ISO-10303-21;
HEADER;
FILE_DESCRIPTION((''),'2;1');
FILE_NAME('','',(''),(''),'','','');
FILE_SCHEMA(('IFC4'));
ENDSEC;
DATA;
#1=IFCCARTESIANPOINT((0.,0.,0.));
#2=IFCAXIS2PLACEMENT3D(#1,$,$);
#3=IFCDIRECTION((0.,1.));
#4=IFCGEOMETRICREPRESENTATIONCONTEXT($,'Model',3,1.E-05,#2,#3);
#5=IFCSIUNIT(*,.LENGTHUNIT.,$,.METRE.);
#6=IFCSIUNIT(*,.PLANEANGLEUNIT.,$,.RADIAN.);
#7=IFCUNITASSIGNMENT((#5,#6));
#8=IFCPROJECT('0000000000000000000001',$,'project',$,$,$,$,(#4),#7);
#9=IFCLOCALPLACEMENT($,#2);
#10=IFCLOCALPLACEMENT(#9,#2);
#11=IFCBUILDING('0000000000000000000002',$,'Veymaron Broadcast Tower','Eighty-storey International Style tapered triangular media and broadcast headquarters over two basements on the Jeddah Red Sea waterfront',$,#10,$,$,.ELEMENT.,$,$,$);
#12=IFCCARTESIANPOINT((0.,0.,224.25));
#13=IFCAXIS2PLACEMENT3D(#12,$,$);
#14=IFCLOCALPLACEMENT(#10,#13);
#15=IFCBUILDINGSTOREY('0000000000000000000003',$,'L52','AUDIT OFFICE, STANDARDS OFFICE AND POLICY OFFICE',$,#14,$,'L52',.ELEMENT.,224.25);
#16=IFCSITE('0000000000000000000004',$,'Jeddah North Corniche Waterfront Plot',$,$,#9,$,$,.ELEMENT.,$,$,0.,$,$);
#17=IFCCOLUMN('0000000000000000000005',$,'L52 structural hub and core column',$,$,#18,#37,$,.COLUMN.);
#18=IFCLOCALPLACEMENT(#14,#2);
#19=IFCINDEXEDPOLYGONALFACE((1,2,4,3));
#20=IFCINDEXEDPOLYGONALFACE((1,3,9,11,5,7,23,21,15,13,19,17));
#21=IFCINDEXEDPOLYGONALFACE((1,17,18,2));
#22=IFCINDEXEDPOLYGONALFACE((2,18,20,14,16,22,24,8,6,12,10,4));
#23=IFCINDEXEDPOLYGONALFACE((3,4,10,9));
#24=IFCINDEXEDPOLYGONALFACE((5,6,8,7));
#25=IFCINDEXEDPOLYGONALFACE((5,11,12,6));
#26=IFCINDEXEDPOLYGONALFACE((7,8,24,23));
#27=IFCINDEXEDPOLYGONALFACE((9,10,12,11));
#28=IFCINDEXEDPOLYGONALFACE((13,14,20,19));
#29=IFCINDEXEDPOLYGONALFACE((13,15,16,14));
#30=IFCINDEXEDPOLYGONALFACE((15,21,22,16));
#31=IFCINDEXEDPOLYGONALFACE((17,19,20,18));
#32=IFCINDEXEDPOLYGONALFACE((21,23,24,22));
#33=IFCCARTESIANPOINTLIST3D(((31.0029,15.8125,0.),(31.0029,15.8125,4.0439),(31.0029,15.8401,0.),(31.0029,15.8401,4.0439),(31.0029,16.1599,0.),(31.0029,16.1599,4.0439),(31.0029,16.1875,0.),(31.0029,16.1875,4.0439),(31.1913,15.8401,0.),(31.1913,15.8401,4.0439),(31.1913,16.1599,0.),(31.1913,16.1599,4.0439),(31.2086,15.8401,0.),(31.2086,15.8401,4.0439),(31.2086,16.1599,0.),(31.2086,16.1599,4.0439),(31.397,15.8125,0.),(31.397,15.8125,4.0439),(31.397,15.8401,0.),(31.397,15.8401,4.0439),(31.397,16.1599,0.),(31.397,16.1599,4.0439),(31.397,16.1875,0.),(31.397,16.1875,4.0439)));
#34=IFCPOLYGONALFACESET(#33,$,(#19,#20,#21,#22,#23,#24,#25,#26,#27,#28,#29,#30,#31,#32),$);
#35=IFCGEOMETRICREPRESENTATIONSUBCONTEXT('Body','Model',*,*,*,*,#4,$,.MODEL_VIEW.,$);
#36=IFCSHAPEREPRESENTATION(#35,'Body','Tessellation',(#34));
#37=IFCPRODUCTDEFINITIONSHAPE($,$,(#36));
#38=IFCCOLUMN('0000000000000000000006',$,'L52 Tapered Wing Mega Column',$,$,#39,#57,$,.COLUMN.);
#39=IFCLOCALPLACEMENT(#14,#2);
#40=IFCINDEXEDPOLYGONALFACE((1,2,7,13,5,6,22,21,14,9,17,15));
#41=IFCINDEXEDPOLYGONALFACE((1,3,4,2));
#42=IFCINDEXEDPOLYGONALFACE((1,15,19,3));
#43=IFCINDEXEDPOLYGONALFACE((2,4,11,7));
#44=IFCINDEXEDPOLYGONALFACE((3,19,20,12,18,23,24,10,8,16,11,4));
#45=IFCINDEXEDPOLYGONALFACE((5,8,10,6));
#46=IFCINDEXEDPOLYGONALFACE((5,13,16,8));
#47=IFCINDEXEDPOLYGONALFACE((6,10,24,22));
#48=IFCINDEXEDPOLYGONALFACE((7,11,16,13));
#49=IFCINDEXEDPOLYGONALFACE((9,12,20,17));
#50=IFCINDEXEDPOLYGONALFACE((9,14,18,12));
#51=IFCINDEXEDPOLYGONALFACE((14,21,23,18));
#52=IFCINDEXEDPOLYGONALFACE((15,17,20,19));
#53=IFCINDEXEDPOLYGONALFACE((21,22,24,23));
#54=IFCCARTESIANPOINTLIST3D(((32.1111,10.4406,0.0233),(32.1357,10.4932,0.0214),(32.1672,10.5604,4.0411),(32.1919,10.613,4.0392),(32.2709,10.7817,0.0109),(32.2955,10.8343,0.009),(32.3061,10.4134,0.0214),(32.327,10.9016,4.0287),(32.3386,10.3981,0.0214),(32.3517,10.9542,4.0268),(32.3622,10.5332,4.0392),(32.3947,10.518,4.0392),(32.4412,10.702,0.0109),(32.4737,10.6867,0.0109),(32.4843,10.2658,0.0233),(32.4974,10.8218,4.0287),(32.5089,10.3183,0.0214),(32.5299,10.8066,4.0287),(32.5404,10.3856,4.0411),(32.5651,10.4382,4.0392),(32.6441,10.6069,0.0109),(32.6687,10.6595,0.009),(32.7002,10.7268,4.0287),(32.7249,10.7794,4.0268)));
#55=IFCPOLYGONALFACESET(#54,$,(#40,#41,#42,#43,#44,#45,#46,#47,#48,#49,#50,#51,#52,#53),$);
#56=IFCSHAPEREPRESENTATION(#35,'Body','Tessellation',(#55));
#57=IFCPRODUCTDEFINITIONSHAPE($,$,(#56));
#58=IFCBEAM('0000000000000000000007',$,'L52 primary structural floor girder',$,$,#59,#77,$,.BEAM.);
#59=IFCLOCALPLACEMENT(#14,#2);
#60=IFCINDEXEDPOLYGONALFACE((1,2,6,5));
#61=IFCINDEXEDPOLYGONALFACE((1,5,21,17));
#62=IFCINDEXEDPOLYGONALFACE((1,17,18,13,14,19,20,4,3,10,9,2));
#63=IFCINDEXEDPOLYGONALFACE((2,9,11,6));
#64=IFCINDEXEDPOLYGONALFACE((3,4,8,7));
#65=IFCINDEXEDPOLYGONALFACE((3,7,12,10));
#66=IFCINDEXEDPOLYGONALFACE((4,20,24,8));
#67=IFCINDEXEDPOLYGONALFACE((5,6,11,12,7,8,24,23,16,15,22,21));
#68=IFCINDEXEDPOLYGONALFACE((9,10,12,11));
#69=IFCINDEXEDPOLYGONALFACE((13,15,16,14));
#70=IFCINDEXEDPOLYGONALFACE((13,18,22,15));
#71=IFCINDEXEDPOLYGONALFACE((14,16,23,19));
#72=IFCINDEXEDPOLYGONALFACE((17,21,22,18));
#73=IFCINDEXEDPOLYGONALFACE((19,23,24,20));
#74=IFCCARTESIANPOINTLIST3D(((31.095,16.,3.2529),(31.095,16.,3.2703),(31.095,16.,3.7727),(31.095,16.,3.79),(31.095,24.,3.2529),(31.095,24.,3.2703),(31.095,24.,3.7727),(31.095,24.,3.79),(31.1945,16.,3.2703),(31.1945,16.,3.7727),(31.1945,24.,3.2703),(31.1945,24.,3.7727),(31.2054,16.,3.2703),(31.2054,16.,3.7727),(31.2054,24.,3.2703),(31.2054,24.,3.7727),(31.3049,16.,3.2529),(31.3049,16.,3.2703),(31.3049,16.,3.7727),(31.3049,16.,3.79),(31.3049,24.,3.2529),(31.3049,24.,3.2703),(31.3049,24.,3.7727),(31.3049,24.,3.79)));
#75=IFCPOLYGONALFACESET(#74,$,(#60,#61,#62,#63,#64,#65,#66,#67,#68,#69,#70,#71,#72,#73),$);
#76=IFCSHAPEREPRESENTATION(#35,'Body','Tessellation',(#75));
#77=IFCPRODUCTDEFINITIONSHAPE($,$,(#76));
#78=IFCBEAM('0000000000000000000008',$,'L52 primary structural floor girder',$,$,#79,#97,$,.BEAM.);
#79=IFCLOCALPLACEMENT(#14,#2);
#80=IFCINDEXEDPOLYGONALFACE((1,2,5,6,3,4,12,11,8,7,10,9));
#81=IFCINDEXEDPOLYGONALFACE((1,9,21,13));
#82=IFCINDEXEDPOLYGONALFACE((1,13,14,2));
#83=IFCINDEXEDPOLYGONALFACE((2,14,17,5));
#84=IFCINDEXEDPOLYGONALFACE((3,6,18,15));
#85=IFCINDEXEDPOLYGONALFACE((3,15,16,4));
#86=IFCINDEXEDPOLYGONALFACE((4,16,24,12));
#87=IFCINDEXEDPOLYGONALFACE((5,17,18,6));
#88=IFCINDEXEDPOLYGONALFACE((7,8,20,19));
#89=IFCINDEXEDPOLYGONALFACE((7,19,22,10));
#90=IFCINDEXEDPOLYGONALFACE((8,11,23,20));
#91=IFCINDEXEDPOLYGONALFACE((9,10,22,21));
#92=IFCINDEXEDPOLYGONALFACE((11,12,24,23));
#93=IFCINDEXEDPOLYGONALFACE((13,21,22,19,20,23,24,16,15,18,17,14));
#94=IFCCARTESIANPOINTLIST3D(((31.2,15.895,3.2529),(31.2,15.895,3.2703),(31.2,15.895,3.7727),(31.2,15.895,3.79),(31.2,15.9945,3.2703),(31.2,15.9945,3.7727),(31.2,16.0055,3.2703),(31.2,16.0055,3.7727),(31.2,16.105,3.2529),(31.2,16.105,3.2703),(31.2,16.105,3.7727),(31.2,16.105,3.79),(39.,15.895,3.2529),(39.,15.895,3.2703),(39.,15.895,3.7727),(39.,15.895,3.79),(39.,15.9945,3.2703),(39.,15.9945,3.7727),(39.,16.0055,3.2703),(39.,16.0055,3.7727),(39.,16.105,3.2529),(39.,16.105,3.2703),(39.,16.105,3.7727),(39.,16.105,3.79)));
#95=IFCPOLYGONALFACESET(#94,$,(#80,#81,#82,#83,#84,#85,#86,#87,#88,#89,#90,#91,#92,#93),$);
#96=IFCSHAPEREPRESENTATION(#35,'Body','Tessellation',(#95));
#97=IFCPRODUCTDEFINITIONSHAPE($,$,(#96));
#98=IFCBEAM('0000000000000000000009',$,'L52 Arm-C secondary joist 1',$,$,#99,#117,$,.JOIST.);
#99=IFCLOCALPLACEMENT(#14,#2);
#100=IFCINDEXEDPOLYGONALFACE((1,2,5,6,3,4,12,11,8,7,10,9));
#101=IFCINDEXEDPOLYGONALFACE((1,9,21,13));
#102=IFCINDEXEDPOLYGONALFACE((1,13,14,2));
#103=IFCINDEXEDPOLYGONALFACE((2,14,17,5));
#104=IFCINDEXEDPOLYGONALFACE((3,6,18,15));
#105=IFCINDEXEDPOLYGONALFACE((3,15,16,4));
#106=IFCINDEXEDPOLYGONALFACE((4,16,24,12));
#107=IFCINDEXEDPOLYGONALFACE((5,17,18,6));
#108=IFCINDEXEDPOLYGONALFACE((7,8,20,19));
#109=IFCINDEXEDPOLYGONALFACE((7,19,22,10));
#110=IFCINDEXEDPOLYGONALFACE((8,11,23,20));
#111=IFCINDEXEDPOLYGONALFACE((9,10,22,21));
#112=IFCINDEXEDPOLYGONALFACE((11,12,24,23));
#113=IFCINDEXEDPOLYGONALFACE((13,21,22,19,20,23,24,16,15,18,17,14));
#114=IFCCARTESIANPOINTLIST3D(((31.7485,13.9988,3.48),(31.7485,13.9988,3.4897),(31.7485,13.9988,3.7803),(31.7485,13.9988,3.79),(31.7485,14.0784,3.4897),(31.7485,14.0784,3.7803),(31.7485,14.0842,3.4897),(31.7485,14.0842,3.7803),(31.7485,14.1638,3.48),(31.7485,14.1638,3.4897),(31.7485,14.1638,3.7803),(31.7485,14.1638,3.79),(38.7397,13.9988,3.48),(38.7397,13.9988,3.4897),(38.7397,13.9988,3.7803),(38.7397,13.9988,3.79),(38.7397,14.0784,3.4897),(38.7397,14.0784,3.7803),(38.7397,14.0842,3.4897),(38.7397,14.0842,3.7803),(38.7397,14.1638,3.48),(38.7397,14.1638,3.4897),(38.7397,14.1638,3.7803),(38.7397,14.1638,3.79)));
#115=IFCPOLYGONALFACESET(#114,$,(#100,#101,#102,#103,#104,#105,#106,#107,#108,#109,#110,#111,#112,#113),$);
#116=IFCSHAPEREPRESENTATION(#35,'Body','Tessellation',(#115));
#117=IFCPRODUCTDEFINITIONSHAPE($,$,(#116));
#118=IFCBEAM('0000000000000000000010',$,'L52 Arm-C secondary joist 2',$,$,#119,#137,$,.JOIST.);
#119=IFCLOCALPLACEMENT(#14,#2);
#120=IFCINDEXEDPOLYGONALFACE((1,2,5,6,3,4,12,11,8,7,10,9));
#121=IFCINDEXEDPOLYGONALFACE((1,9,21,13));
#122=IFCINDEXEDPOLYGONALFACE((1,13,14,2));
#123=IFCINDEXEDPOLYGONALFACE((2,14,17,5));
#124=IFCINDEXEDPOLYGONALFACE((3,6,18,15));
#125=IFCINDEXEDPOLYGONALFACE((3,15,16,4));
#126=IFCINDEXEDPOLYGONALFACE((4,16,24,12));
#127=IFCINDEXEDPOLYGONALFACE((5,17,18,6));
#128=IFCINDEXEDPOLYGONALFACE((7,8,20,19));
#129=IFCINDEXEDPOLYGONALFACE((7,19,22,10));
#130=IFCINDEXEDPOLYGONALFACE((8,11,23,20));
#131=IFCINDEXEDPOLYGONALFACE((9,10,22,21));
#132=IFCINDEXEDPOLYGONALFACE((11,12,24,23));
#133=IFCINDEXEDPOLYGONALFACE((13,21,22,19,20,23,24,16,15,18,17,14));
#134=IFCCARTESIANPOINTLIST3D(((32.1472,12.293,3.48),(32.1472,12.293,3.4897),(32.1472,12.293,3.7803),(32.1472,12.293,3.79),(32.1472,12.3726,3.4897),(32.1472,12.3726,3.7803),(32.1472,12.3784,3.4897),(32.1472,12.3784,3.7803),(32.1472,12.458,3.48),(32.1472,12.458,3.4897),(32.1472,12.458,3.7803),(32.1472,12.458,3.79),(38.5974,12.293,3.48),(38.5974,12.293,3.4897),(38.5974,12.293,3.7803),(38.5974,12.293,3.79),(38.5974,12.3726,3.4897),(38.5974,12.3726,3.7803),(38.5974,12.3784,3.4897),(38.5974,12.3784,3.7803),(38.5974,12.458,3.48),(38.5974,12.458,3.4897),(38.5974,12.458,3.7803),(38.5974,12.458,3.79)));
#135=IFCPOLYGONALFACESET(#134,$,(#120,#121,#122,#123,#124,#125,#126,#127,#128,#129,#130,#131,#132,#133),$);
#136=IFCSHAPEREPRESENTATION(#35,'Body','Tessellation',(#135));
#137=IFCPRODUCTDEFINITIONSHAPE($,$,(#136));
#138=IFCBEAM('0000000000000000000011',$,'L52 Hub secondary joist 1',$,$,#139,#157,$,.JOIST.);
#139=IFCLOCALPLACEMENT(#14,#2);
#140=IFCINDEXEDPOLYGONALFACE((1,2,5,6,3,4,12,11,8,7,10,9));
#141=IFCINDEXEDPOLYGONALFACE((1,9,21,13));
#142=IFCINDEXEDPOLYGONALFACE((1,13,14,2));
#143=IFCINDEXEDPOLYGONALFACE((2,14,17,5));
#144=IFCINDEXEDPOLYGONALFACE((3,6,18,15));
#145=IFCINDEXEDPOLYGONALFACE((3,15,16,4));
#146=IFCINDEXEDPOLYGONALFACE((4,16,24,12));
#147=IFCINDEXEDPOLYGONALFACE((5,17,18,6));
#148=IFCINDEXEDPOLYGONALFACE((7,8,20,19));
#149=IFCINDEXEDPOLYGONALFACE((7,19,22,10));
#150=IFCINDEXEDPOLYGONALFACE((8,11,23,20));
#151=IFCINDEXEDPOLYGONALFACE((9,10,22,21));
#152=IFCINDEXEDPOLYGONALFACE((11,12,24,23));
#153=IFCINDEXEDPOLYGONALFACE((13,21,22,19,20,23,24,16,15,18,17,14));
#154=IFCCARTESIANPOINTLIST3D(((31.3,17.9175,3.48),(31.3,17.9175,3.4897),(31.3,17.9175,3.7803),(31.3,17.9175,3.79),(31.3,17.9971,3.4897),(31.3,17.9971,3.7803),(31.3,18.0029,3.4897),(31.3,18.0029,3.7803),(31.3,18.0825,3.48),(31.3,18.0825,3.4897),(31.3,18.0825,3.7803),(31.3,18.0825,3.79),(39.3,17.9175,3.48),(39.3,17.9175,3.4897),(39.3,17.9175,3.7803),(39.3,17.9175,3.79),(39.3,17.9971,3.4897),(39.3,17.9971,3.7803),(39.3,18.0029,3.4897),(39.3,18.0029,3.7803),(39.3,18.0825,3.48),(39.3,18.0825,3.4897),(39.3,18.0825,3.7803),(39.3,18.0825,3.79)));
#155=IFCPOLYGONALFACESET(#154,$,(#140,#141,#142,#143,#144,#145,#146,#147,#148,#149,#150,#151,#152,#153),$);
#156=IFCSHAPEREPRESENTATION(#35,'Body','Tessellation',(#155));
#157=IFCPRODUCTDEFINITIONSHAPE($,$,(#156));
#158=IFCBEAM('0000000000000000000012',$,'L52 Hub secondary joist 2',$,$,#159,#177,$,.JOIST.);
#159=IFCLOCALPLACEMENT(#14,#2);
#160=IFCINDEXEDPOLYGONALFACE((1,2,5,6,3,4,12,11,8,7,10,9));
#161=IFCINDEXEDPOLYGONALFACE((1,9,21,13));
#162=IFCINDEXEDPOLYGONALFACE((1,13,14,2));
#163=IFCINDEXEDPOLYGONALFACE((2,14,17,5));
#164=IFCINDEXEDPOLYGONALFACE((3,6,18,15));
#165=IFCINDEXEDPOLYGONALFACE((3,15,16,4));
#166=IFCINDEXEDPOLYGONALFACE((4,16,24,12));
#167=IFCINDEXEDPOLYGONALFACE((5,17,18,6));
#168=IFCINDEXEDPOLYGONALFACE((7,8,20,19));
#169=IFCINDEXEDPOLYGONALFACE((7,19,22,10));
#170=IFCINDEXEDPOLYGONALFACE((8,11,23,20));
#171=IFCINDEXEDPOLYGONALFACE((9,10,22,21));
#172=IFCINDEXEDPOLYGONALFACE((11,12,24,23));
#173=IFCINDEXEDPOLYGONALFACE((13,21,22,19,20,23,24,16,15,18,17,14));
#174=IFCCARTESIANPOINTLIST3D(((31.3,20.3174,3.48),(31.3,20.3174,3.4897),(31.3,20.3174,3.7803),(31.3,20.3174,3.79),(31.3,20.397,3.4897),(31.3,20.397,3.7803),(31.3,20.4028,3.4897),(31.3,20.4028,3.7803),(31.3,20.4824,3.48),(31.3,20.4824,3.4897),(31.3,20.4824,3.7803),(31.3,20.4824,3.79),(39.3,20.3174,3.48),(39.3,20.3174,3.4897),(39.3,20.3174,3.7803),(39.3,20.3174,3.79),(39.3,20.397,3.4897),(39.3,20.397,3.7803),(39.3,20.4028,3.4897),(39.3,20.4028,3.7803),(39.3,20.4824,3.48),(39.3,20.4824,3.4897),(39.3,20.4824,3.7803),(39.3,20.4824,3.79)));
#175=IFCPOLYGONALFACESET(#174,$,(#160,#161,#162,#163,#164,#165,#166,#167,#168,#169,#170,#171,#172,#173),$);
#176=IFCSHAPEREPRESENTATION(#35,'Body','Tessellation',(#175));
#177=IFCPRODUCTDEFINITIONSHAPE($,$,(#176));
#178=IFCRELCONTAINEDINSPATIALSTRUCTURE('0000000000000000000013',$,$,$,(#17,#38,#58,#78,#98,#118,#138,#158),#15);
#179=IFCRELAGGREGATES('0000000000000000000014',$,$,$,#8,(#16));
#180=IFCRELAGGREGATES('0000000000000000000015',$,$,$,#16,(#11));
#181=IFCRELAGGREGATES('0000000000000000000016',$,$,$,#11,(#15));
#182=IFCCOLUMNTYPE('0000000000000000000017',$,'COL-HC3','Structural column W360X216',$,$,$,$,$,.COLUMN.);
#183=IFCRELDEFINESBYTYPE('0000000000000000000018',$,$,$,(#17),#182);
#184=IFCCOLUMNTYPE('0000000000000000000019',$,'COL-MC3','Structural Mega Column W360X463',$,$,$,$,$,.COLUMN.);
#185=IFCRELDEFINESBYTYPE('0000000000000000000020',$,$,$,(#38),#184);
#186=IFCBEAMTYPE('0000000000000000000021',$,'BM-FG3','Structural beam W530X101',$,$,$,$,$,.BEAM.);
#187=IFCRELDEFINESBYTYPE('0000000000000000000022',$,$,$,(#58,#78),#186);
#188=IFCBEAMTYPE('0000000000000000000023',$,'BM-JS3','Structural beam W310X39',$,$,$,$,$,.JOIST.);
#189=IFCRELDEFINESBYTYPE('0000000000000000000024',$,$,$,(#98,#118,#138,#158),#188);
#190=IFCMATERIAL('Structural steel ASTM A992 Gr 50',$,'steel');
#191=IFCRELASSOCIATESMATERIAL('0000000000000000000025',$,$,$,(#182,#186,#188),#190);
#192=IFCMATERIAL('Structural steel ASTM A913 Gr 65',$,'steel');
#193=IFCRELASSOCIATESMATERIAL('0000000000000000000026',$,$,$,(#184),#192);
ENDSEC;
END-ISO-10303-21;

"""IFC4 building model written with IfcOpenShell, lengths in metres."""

from ifc_helpers import new_model, si_unit, direction, frame, origin, origin_2d, place, context, subcontext, project, spatial, i_section, extrude, material, material_profile, profile_set, type_object, element, save


model = new_model("IFC4")

# Units and contexts
model_context = context("Model", 3, precision=1e-05, world=origin(), true_north=direction((0.0, 1.0)))
body_context = subcontext(model_context, "Body", "Model", "MODEL_VIEW")
ifc_project = project(units=[si_unit("LENGTHUNIT", "METRE"), si_unit("PLANEANGLEUNIT", "RADIAN")], contexts=[model_context])

# Site, building, storey
site_placement = place(None, origin())
site = spatial("IfcSite", under=ifc_project, at=site_placement, Name="Jeddah North Corniche Waterfront Plot", CompositionType="ELEMENT", RefElevation=0.0)
building_placement = place(site_placement, origin())
building = spatial("IfcBuilding", under=site, at=building_placement, Name="Veymaron Broadcast Tower", Description="Eighty-storey International Style tapered triangular media and broadcast headquarters over two basements on the Jeddah Red Sea waterfront", CompositionType="ELEMENT")
storey_placement = place(building_placement, frame((0.0, 0.0, 224.25)))
storey = spatial("IfcBuildingStorey", under=building, at=storey_placement, Name="L52", Description="AUDIT OFFICE, STANDARDS OFFICE AND POLICY OFFICE", LongName="L52", CompositionType="ELEMENT", Elevation=224.25)

# Columns
ifc_material_1 = material(Name="Structural steel ASTM A992 Gr 50", Category="steel")
ifc_material_profile_1 = material_profile(ifc_material_1, i_section(OverallWidth=0.394, OverallDepth=0.375, WebThickness=0.0173, FlangeThickness=0.0276, at=origin_2d()), Name="W360X216")
ifc_profile_set_1 = profile_set([ifc_material_profile_1], Name="Structural steel ASTM A992 Gr 50")
column_type_1 = type_object("IfcColumnType", Name="COL-HC3", Description="Structural column W360X216", PredefinedType="COLUMN", material=ifc_profile_set_1)
column_1_placement = place(storey_placement, frame((31.2, 16.0, 0.0), z_axis=(0.0, 0.0, 1.0), x_axis=(1.0, 0.0, 0.0)))
element("IfcColumn", 1, at=column_1_placement, inside=storey, type_object=column_type_1, Name="L52 structural hub and core column", PredefinedType="COLUMN", context=body_context, shape_type="SweptSolid", body=[
    extrude(i_section(OverallWidth=0.394, OverallDepth=0.375, WebThickness=0.0173, FlangeThickness=0.0276, at=origin_2d()), origin(), (0.0, 0.0, 1.0), 4.0439),
])
ifc_material_2 = material(Name="Structural steel ASTM A913 Gr 65", Category="steel")
ifc_material_profile_2 = material_profile(ifc_material_2, i_section(OverallWidth=0.4121, OverallDepth=0.4351, WebThickness=0.0359, FlangeThickness=0.0581, at=origin_2d()), Name="W360X463")
ifc_profile_set_2 = profile_set([ifc_material_profile_2], Name="Structural steel ASTM A913 Gr 65")
column_type_2 = type_object("IfcColumnType", Name="COL-MC3", Description="Structural Mega Column W360X463", PredefinedType="COLUMN", material=ifc_profile_set_2)
column_2_placement = place(storey_placement, frame((32.3899, 10.55, 0.0161), z_axis=(0.013968, 0.029819, 0.999458), x_axis=(-0.90557, 0.424198, 0.0)))
element("IfcColumn", 2, at=column_2_placement, inside=storey, type_object=column_type_2, Name="L52 Tapered Wing Mega Column", PredefinedType="COLUMN", context=body_context, shape_type="SweptSolid", body=[
    extrude(i_section(OverallWidth=0.4121, OverallDepth=0.4351, WebThickness=0.0359, FlangeThickness=0.0581, at=origin_2d()), origin(), (0.0, 0.0, 1.0), 4.02),
])

# Beams
ifc_material_profile_3 = material_profile(ifc_material_1, i_section(OverallWidth=0.21, OverallDepth=0.5371, WebThickness=0.011, FlangeThickness=0.0173, at=origin_2d()), Name="W530X101")
ifc_profile_set_3 = profile_set([ifc_material_profile_3], Name="Structural steel ASTM A992 Gr 50")
beam_type_1 = type_object("IfcBeamType", Name="BM-FG3", Description="Structural beam W530X101", PredefinedType="BEAM", material=ifc_profile_set_3)
beam_1_placement = place(storey_placement, frame((31.2, 16.0, 3.5215), z_axis=(0.0, 1.0, 0.0), x_axis=(-1.0, 0.0, 0.0)))
element("IfcBeam", 3, at=beam_1_placement, inside=storey, type_object=beam_type_1, Name="L52 primary structural floor girder", PredefinedType="BEAM", context=body_context, shape_type="SweptSolid", body=[
    extrude(i_section(OverallWidth=0.21, OverallDepth=0.5371, WebThickness=0.011, FlangeThickness=0.0173, at=origin_2d()), origin(), (0.0, 0.0, 1.0), 8.0),
])
beam_2_placement = place(storey_placement, frame((31.2, 16.0, 3.5215), z_axis=(1.0, 0.0, 0.0), x_axis=(0.0, 1.0, 0.0)))
element("IfcBeam", 4, at=beam_2_placement, inside=storey, type_object=beam_type_1, Name="L52 primary structural floor girder", PredefinedType="BEAM", context=body_context, shape_type="SweptSolid", body=[
    extrude(i_section(OverallWidth=0.21, OverallDepth=0.5371, WebThickness=0.011, FlangeThickness=0.0173, at=origin_2d()), origin(), (0.0, 0.0, 1.0), 7.8),
])
ifc_material_profile_4 = material_profile(ifc_material_1, i_section(OverallWidth=0.165, OverallDepth=0.3101, WebThickness=0.0059, FlangeThickness=0.0098, at=origin_2d()), Name="W310X39")
ifc_profile_set_4 = profile_set([ifc_material_profile_4], Name="Structural steel ASTM A992 Gr 50")
beam_type_2 = type_object("IfcBeamType", Name="BM-JS3", Description="Structural beam W310X39", PredefinedType="JOIST", material=ifc_profile_set_4)
beam_3_placement = place(storey_placement, frame((31.7485, 14.0813, 3.635), z_axis=(1.0, 0.0, 0.0), x_axis=(0.0, 1.0, 0.0)))
element("IfcBeam", 5, at=beam_3_placement, inside=storey, type_object=beam_type_2, Name="L52 Arm-C secondary joist 1", PredefinedType="JOIST", context=body_context, shape_type="SweptSolid", body=[
    extrude(i_section(OverallWidth=0.165, OverallDepth=0.3101, WebThickness=0.0059, FlangeThickness=0.0098, at=origin_2d()), origin(), (0.0, 0.0, 1.0), 6.9912),
])
beam_4_placement = place(storey_placement, frame((32.1472, 12.3755, 3.635), z_axis=(1.0, 0.0, 0.0), x_axis=(0.0, 1.0, 0.0)))
element("IfcBeam", 6, at=beam_4_placement, inside=storey, type_object=beam_type_2, Name="L52 Arm-C secondary joist 2", PredefinedType="JOIST", context=body_context, shape_type="SweptSolid", body=[
    extrude(i_section(OverallWidth=0.165, OverallDepth=0.3101, WebThickness=0.0059, FlangeThickness=0.0098, at=origin_2d()), origin(), (0.0, 0.0, 1.0), 6.4502),
])
for number, where, z_axis, x_axis, name in (
    (7, (31.3, 18.0, 3.635), (1.0, 0.0, 0.0), (0.0, 1.0, 0.0), "L52 Hub secondary joist 1"),
    (8, (31.3, 20.3999, 3.635), (1.0, 0.0, 0.0), (0.0, 1.0, 0.0), "L52 Hub secondary joist 2"),
):
    element("IfcBeam", number, at=place(storey_placement, frame(where, z_axis=z_axis, x_axis=x_axis)), inside=storey, type_object=beam_type_2, Name=name, PredefinedType="JOIST", context=body_context, shape_type="SweptSolid", body=[
        extrude(i_section(OverallWidth=0.165, OverallDepth=0.3101, WebThickness=0.0059, FlangeThickness=0.0098, at=origin_2d()), origin(), (0.0, 0.0, 1.0), 8.0),
    ])

save(model, "model.ifc")
